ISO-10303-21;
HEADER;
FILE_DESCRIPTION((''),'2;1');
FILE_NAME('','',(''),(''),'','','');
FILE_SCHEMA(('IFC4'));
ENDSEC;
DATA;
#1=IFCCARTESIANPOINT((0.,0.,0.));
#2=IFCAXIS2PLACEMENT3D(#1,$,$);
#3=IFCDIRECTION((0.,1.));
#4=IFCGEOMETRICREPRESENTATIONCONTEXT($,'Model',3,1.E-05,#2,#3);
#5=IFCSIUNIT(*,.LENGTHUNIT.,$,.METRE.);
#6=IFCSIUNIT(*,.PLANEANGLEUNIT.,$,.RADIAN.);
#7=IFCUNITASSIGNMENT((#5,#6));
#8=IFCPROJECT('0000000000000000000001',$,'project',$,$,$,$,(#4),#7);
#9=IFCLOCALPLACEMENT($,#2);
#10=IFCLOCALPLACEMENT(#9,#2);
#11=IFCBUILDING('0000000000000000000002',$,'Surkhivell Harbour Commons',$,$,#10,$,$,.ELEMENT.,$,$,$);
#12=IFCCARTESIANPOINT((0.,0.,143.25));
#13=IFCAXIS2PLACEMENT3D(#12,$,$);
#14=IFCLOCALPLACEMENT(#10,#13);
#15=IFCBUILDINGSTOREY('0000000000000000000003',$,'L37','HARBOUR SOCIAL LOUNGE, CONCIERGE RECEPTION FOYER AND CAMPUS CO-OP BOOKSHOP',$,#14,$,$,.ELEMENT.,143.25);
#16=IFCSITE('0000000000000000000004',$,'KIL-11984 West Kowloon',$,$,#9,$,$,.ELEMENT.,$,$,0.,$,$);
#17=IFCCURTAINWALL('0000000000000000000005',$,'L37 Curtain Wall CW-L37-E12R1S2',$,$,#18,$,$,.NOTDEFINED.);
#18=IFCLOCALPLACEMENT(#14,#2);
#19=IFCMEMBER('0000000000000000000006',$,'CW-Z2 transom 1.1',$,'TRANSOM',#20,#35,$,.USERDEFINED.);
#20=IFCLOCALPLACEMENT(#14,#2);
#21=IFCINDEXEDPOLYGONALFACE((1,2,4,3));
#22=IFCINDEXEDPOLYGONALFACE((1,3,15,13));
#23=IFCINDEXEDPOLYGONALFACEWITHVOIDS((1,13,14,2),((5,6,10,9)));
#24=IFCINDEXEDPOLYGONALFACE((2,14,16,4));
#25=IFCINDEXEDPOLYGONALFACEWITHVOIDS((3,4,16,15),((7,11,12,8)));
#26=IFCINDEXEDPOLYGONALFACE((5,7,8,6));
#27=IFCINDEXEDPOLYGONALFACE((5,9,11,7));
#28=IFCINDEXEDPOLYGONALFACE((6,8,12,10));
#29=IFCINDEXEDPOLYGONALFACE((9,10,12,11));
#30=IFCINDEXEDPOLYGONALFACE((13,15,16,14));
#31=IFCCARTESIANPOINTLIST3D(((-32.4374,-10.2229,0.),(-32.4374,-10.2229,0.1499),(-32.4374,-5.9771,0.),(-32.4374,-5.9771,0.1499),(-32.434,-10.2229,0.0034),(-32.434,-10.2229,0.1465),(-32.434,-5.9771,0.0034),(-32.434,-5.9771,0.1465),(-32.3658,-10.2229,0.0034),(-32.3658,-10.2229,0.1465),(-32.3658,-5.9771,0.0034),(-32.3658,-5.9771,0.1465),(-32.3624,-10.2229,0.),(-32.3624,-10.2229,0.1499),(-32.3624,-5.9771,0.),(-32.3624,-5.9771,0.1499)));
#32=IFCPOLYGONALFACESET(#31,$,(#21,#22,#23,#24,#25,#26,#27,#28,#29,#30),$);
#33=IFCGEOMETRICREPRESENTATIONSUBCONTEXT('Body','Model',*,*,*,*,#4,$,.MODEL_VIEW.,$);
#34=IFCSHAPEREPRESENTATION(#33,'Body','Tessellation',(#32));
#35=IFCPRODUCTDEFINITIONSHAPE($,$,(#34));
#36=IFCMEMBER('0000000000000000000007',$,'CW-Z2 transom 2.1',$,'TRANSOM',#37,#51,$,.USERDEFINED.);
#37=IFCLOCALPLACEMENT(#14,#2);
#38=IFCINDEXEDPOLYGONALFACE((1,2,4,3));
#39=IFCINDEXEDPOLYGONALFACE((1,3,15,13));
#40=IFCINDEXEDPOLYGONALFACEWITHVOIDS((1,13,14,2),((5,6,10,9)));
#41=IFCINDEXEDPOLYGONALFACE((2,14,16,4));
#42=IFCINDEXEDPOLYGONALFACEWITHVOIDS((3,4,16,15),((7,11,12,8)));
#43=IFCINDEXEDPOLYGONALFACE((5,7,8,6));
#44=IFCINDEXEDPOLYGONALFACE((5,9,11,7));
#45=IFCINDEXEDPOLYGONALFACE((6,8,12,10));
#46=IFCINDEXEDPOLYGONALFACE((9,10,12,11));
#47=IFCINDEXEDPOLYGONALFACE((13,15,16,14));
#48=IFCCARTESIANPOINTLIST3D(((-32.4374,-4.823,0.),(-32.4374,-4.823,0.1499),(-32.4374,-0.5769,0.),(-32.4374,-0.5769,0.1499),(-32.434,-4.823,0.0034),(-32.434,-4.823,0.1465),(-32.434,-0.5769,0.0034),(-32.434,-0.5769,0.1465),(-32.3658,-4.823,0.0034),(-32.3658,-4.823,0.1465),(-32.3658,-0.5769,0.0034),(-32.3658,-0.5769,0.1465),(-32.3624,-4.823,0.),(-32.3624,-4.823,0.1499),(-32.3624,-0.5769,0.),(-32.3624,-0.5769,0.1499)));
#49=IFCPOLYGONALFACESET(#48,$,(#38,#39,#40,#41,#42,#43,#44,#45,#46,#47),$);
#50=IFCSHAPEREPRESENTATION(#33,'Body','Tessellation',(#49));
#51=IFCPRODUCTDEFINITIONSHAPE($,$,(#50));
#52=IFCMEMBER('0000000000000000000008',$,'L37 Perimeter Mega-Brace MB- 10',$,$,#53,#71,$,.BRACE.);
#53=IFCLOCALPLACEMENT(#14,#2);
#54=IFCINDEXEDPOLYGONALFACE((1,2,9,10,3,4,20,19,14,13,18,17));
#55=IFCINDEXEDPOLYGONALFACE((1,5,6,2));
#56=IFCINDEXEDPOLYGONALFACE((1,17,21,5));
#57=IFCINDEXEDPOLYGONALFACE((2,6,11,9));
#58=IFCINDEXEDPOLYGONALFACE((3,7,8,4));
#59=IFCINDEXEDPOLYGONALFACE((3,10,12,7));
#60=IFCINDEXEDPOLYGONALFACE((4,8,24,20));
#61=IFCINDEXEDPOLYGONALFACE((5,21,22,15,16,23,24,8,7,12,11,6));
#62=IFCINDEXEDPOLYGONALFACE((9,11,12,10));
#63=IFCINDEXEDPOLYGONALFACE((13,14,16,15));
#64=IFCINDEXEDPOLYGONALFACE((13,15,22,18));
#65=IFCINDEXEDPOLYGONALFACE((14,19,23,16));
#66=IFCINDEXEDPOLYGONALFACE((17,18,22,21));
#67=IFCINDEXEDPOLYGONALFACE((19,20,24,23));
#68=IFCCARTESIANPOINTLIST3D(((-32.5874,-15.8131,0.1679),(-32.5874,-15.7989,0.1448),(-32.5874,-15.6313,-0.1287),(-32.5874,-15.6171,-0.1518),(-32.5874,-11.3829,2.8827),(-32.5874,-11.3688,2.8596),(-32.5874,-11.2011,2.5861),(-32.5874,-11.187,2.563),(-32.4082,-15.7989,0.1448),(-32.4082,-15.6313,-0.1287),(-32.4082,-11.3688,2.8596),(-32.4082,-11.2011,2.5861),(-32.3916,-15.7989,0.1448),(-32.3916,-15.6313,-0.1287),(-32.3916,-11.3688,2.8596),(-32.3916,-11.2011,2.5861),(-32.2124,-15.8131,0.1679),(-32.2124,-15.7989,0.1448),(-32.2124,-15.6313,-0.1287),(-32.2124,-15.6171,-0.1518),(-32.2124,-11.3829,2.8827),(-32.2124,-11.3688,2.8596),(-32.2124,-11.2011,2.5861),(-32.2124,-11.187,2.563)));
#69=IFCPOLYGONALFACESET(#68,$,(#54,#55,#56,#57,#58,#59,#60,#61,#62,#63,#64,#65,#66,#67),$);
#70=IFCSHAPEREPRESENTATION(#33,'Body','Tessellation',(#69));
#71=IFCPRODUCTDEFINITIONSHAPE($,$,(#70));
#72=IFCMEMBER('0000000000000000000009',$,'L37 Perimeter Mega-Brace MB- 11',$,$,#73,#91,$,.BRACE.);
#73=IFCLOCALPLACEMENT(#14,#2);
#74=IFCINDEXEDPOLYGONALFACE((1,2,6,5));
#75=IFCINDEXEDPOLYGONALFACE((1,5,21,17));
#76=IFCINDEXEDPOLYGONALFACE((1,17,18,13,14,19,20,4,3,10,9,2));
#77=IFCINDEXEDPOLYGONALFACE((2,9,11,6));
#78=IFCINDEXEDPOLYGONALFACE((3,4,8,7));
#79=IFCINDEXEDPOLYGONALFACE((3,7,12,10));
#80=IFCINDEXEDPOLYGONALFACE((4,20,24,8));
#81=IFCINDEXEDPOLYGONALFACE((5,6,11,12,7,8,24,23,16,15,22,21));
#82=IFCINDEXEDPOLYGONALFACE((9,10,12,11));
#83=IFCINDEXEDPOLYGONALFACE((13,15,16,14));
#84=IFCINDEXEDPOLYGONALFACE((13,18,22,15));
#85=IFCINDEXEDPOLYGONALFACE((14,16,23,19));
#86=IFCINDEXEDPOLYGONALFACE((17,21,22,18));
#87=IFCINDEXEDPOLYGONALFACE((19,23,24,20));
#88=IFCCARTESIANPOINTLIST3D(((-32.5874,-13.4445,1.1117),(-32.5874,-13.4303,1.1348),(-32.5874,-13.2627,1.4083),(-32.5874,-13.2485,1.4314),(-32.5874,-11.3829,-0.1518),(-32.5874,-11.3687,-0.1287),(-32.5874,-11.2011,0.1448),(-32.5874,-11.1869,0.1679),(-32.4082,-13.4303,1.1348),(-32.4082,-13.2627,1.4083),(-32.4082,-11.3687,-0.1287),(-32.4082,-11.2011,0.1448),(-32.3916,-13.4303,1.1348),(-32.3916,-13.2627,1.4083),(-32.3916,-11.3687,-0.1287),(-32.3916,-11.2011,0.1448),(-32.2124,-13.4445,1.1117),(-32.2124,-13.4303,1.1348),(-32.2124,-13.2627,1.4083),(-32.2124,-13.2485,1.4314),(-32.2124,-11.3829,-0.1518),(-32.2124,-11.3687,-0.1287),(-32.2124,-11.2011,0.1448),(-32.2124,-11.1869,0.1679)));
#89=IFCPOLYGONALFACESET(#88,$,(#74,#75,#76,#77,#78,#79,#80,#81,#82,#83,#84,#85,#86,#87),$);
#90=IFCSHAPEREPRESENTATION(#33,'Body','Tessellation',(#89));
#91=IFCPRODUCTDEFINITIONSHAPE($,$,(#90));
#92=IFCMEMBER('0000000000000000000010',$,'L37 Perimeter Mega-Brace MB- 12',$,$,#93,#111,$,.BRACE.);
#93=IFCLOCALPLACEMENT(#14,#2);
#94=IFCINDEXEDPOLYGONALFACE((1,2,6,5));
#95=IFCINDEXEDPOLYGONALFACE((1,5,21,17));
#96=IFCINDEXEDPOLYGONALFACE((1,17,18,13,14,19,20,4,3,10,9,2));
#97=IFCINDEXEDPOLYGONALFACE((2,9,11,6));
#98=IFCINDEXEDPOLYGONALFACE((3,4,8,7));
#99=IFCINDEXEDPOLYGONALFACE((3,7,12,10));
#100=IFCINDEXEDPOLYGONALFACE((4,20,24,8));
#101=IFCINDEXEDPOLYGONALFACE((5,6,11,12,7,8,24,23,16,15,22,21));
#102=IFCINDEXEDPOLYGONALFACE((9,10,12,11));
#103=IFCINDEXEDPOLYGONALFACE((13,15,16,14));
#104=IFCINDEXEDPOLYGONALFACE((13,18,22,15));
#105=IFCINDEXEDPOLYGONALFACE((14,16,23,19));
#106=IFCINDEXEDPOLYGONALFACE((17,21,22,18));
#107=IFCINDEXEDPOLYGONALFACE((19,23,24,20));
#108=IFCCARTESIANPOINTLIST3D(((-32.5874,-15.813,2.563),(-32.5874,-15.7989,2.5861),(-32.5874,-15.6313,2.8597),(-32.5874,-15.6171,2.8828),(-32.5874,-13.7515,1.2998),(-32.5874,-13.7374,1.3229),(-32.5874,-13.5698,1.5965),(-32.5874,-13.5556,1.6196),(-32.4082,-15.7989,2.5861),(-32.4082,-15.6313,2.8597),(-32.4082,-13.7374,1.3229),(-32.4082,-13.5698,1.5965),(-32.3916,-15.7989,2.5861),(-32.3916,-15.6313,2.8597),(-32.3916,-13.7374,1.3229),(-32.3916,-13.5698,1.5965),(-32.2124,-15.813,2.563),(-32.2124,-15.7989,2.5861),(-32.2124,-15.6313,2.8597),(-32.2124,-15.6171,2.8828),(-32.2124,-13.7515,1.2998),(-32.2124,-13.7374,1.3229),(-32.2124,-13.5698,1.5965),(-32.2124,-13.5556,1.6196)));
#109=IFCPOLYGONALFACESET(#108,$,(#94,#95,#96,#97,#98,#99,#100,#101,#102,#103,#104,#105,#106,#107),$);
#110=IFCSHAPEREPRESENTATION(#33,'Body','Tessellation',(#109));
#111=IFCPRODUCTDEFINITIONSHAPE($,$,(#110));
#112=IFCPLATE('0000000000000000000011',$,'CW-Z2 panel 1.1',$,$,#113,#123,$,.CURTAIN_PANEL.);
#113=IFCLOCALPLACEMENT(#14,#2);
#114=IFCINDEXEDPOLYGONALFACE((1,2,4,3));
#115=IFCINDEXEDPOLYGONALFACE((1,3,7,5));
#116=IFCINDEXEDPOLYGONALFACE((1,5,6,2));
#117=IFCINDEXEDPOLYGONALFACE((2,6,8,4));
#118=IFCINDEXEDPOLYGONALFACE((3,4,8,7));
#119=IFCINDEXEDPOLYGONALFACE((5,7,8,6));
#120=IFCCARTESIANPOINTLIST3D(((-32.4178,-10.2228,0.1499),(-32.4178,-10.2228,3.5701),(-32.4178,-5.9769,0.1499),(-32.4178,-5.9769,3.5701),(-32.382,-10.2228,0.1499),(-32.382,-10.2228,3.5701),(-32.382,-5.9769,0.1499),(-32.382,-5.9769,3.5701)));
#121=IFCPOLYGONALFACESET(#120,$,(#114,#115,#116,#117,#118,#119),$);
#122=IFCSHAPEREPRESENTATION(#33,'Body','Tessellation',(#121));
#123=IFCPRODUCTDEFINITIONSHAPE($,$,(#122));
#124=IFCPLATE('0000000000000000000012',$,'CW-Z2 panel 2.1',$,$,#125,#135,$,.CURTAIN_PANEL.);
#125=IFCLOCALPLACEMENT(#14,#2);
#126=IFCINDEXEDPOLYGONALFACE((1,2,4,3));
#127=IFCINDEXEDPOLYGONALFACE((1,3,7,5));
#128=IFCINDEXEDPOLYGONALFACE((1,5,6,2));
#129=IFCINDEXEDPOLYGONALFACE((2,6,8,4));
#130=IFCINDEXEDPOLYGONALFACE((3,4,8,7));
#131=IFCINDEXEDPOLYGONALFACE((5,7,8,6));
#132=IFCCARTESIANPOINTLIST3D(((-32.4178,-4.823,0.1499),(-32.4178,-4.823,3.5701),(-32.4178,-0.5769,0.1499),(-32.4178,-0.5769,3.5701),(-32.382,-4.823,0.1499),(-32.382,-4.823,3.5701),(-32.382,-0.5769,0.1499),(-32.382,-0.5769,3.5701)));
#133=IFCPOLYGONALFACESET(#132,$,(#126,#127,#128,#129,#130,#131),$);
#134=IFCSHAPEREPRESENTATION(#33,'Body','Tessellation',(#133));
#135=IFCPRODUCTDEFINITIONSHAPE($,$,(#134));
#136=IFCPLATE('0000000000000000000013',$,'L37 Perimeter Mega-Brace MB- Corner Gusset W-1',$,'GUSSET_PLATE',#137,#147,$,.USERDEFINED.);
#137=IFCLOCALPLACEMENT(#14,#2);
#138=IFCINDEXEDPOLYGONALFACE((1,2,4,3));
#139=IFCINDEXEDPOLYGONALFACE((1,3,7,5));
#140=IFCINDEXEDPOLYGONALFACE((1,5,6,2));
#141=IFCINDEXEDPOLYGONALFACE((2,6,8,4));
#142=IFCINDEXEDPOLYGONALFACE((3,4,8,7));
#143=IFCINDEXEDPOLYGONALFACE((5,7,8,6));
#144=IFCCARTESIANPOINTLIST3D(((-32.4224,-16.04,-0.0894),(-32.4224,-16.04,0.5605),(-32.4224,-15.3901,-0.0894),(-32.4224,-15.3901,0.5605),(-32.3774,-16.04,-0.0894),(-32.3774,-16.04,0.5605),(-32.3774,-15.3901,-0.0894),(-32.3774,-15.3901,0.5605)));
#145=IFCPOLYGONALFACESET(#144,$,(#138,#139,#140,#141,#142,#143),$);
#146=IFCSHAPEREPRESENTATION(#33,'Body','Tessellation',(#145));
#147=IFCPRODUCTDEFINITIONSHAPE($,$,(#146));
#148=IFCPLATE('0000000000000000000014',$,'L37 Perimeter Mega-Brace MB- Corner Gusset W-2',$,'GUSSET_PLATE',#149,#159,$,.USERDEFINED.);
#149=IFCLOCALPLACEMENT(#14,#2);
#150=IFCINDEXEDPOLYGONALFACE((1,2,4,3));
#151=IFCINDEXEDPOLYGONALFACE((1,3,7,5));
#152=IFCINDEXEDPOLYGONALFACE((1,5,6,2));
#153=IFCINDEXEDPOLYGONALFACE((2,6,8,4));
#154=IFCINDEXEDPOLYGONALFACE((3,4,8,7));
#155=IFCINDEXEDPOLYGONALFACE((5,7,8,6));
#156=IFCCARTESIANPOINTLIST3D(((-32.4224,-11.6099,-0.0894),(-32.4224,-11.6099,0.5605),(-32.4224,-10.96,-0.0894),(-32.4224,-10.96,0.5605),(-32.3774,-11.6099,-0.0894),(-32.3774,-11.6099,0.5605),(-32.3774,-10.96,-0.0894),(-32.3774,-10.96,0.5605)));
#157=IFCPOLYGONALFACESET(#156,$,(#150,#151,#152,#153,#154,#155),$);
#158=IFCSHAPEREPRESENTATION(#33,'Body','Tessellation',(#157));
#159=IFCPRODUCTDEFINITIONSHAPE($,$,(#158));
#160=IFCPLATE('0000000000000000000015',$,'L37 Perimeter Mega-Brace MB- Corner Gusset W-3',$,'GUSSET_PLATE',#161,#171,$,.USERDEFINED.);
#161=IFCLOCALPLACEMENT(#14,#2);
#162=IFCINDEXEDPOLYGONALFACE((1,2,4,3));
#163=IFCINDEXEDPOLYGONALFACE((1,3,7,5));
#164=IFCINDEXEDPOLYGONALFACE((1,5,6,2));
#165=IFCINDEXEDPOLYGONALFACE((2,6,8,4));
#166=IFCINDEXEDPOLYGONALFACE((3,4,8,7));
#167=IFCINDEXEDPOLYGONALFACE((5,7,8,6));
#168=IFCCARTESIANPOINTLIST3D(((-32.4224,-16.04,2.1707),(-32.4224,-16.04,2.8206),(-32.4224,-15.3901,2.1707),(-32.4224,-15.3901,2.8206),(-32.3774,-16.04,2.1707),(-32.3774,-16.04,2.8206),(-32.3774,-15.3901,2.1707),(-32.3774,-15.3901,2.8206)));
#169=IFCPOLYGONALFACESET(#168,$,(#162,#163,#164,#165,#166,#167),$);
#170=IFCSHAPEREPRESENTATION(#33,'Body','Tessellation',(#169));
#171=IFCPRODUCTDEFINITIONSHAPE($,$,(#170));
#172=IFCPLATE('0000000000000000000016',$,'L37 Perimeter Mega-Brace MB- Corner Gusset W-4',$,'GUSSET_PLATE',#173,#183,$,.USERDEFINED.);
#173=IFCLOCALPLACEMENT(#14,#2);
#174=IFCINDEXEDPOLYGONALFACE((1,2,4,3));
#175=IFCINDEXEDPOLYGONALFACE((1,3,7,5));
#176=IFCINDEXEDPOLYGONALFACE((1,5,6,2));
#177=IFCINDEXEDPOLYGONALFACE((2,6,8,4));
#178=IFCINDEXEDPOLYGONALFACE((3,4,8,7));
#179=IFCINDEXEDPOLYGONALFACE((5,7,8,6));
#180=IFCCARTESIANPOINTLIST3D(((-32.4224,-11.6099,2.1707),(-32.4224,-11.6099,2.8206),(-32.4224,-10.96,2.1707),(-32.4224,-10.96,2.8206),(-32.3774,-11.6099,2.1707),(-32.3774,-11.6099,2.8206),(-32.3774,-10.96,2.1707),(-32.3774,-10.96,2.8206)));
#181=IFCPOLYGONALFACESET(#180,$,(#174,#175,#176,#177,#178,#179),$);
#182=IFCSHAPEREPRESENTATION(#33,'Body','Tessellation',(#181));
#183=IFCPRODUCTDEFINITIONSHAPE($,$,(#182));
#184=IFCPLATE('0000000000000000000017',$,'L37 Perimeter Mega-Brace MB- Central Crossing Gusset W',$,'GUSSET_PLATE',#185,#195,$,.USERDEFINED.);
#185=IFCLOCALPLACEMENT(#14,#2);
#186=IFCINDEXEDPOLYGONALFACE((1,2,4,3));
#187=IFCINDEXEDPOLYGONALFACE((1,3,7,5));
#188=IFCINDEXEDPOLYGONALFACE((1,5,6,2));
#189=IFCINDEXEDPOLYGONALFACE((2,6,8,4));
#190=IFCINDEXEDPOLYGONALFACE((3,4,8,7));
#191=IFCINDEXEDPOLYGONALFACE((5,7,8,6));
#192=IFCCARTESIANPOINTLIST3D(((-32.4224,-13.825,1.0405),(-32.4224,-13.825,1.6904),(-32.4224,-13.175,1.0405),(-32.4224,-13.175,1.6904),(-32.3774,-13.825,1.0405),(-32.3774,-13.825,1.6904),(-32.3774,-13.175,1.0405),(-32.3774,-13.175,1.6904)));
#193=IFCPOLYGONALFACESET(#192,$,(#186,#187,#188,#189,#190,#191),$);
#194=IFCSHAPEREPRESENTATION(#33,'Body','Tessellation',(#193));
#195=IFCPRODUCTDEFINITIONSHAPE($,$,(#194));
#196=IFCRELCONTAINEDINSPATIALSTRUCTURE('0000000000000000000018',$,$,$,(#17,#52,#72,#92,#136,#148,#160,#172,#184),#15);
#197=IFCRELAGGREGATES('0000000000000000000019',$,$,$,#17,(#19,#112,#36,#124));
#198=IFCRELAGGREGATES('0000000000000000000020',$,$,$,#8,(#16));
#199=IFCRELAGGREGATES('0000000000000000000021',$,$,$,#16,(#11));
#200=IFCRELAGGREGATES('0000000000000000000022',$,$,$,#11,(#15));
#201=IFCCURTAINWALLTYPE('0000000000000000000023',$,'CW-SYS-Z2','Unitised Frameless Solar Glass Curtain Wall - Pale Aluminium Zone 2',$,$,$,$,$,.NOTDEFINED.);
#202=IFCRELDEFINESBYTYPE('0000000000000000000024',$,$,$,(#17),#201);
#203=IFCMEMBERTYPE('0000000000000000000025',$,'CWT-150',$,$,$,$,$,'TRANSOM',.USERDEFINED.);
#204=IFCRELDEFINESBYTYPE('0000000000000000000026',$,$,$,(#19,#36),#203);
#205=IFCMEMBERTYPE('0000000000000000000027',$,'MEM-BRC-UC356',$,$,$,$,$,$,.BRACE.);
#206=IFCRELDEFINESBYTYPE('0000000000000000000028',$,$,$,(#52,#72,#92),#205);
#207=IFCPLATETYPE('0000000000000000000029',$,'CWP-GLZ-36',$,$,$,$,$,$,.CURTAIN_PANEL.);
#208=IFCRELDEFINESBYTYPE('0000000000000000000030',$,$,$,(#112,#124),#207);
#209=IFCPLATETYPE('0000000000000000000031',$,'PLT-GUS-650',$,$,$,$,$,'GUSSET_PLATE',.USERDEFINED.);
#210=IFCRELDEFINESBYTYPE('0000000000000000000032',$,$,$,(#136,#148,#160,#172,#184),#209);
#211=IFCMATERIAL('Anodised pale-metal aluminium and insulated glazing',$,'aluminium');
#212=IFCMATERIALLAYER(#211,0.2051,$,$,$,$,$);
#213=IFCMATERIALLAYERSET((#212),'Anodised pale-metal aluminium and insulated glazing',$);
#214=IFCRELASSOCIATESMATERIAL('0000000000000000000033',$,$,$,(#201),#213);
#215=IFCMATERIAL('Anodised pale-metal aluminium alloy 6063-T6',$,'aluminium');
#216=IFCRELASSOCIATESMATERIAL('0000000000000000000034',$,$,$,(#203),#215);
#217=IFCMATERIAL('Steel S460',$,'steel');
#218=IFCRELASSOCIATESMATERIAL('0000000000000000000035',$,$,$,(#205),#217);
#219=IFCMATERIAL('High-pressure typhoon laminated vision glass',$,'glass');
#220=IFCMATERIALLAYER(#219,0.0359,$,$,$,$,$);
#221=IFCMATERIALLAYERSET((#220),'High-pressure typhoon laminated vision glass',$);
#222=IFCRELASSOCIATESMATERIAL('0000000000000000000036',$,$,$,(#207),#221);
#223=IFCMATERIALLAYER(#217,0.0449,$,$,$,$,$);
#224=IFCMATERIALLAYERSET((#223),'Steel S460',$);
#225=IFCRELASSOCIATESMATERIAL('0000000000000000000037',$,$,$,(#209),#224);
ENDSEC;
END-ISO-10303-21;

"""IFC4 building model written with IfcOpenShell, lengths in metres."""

from ifc_helpers import new_model, si_unit, direction, frame, frame_2d, origin, origin_2d, place, context, subcontext, project, spatial, rectangle, hollow_rectangle, i_section, extrude, material, layer, layer_set, material_profile, profile_set, type_object, element, aggregate, save


model = new_model("IFC4")

# Units and contexts
model_context = context("Model", 3, precision=1e-05, world=origin(), true_north=direction((0.0, 1.0)))
body_context = subcontext(model_context, "Body", "Model", "MODEL_VIEW")
ifc_project = project(units=[si_unit("LENGTHUNIT", "METRE"), si_unit("PLANEANGLEUNIT", "RADIAN")], contexts=[model_context])

# Site, building, storey
site_placement = place(None, origin())
site = spatial("IfcSite", under=ifc_project, at=site_placement, Name="KIL-11984 West Kowloon", CompositionType="ELEMENT", RefElevation=0.0)
building_placement = place(site_placement, origin())
building = spatial("IfcBuilding", under=site, at=building_placement, Name="Surkhivell Harbour Commons", CompositionType="ELEMENT")
storey_placement = place(building_placement, frame((0.0, 0.0, 143.25)))
storey = spatial("IfcBuildingStorey", under=building, at=storey_placement, Name="L37", Description="HARBOUR SOCIAL LOUNGE, CONCIERGE RECEPTION FOYER AND CAMPUS CO-OP BOOKSHOP", CompositionType="ELEMENT", Elevation=143.25)

# Shared definitions
ifc_material_1 = material(Name="Steel S460", Category="steel")

# Curtain wall, members
ifc_material_2 = material(Name="Anodised pale-metal aluminium and insulated glazing", Category="aluminium")
ifc_layer_1 = layer(ifc_material_2, 0.2051)
ifc_layer_set_1 = layer_set([ifc_layer_1], Name="Anodised pale-metal aluminium and insulated glazing")
curtain_wall_type = type_object("IfcCurtainWallType", Name="CW-SYS-Z2", Description="Unitised Frameless Solar Glass Curtain Wall - Pale Aluminium Zone 2", PredefinedType="NOTDEFINED", material=ifc_layer_set_1)
curtain_wall_placement = place(storey_placement, origin())
curtain_wall = element("IfcCurtainWall", 1, at=curtain_wall_placement, inside=storey, type_object=curtain_wall_type, Name="L37 Curtain Wall CW-L37-E12R1S2", PredefinedType="NOTDEFINED")
ifc_material_3 = material(Name="Anodised pale-metal aluminium alloy 6063-T6", Category="aluminium")
ifc_material_profile_1 = material_profile(ifc_material_3, hollow_rectangle(XDim=0.075, YDim=0.1499, WallThickness=0.0034, at=origin_2d()), Name="ALU-TRAN-75x150")
ifc_profile_set_1 = profile_set([ifc_material_profile_1], Name="Anodised pale-metal aluminium alloy 6063-T6")
member_type_1 = type_object("IfcMemberType", Name="CWT-150", ElementType="TRANSOM", PredefinedType="USERDEFINED", material=ifc_profile_set_1)
member_1_placement = place(storey_placement, frame((-32.3999, -10.2229, 0.075), z_axis=(0.0, 1.0, 0.0), x_axis=(-1.0, 0.0, 0.0)))
member_1 = element("IfcMember", 2, at=member_1_placement, type_object=member_type_1, Name="CW-Z2 transom 1.1", ObjectType="TRANSOM", PredefinedType="USERDEFINED", context=body_context, shape_type="SweptSolid", body=[
    extrude(hollow_rectangle(XDim=0.075, YDim=0.1499, WallThickness=0.0034, at=origin_2d()), origin(), (0.0, 0.0, 1.0), 4.2458),
])
member_2_placement = place(storey_placement, frame((-32.3999, -4.823, 0.075), z_axis=(0.0, 1.0, 0.0), x_axis=(-1.0, 0.0, 0.0)))
member_2 = element("IfcMember", 3, at=member_2_placement, type_object=member_type_1, Name="CW-Z2 transom 2.1", ObjectType="TRANSOM", PredefinedType="USERDEFINED", context=body_context, shape_type="SweptSolid", body=[
    extrude(hollow_rectangle(XDim=0.075, YDim=0.1499, WallThickness=0.0034, at=origin_2d()), origin(), (0.0, 0.0, 1.0), 4.2461),
])

# Members
ifc_material_profile_2 = material_profile(ifc_material_1, i_section(OverallWidth=0.375, OverallDepth=0.375, WebThickness=0.0166, FlangeThickness=0.0271, at=origin_2d()), Name="UC356x368x202")
ifc_profile_set_2 = profile_set([ifc_material_profile_2], Name="Steel S460")
member_type_2 = type_object("IfcMemberType", Name="MEM-BRC-UC356", PredefinedType="BRACE", material=ifc_profile_set_2)
member_3_placement = place(storey_placement, frame((-32.3999, -15.7151, 0.0081), z_axis=(0.0, 0.852638, 0.522503), x_axis=(-1.0, 0.0, 0.0)))
element("IfcMember", 4, at=member_3_placement, inside=storey, type_object=member_type_2, Name="L37 Perimeter Mega-Brace MB- 10", PredefinedType="BRACE", context=body_context, shape_type="SweptSolid", body=[
    extrude(i_section(OverallWidth=0.375, OverallDepth=0.375, WebThickness=0.0166, FlangeThickness=0.0271, at=origin_2d()), origin(), (0.0, 0.0, 1.0), 5.1958),
])
member_4_placement = place(storey_placement, frame((-32.3999, -11.2849, 0.0081), z_axis=(0.0, -0.852617, 0.522536), x_axis=(1.0, 0.0, 0.0)))
element("IfcMember", 5, at=member_4_placement, inside=storey, type_object=member_type_2, Name="L37 Perimeter Mega-Brace MB- 11", PredefinedType="BRACE", context=body_context, shape_type="SweptSolid", body=[
    extrude(i_section(OverallWidth=0.375, OverallDepth=0.375, WebThickness=0.0166, FlangeThickness=0.0271, at=origin_2d()), origin(), (0.0, 0.0, 1.0), 2.418),
])
member_5_placement = place(storey_placement, frame((-32.3999, -13.6536, 1.4597), z_axis=(0.0, -0.852662, 0.522463), x_axis=(1.0, 0.0, 0.0)))
element("IfcMember", 6, at=member_5_placement, inside=storey, type_object=member_type_2, Name="L37 Perimeter Mega-Brace MB- 12", PredefinedType="BRACE", context=body_context, shape_type="SweptSolid", body=[
    extrude(i_section(OverallWidth=0.375, OverallDepth=0.375, WebThickness=0.0166, FlangeThickness=0.0271, at=origin_2d()), origin(), (0.0, 0.0, 1.0), 2.4177),
])

# Plates
ifc_material_4 = material(Name="High-pressure typhoon laminated vision glass", Category="glass")
ifc_layer_2 = layer(ifc_material_4, 0.0359)
ifc_layer_set_2 = layer_set([ifc_layer_2], Name="High-pressure typhoon laminated vision glass")
plate_type_1 = type_object("IfcPlateType", Name="CWP-GLZ-36", PredefinedType="CURTAIN_PANEL", material=ifc_layer_set_2)
plate_1_placement = place(storey_placement, frame((-32.3999, -10.2229, 0.1499), z_axis=(0.0, 0.0, 1.0), x_axis=(0.0, 1.0, 0.0)))
plate_1 = element("IfcPlate", 7, at=plate_1_placement, type_object=plate_type_1, Name="CW-Z2 panel 1.1", PredefinedType="CURTAIN_PANEL", context=body_context, shape_type="SweptSolid", body=[
    extrude(rectangle(XDim=4.2458, YDim=0.0359, at=frame_2d((2.123, 0.0))), origin(), (0.0, 0.0, 1.0), 3.4202),
])
plate_2_placement = place(storey_placement, frame((-32.3999, -4.823, 0.1499), z_axis=(0.0, 0.0, 1.0), x_axis=(0.0, 1.0, 0.0)))
plate_2 = element("IfcPlate", 8, at=plate_2_placement, type_object=plate_type_1, Name="CW-Z2 panel 2.1", PredefinedType="CURTAIN_PANEL", context=body_context, shape_type="SweptSolid", body=[
    extrude(rectangle(XDim=4.2461, YDim=0.0359, at=frame_2d((2.123, 0.0))), origin(), (0.0, 0.0, 1.0), 3.4202),
])
aggregate(curtain_wall, [member_1, plate_1, member_2, plate_2])

# Plates
ifc_layer_3 = layer(ifc_material_1, 0.0449)
ifc_layer_set_3 = layer_set([ifc_layer_3], Name="Steel S460")
plate_type_2 = type_object("IfcPlateType", Name="PLT-GUS-650", ElementType="GUSSET_PLATE", PredefinedType="USERDEFINED", material=ifc_layer_set_3)
for number, where, z_axis, x_axis, name in (
    (9, (-32.3999, -15.7151, -0.0894), (0.0, 0.0, 1.0), (0.0, 1.0, 0.0), "L37 Perimeter Mega-Brace MB- Corner Gusset W-1"),
    (10, (-32.3999, -11.2849, -0.0894), (0.0, 0.0, 1.0), (0.0, 1.0, 0.0), "L37 Perimeter Mega-Brace MB- Corner Gusset W-2"),
    (11, (-32.3999, -15.7151, 2.1707), (0.0, 0.0, 1.0), (0.0, 1.0, 0.0), "L37 Perimeter Mega-Brace MB- Corner Gusset W-3"),
    (12, (-32.3999, -11.2849, 2.1707), (0.0, 0.0, 1.0), (0.0, 1.0, 0.0), "L37 Perimeter Mega-Brace MB- Corner Gusset W-4"),
    (13, (-32.3999, -13.5, 1.0405), (0.0, 0.0, 1.0), (0.0, 1.0, 0.0), "L37 Perimeter Mega-Brace MB- Central Crossing Gusset W"),
):
    element("IfcPlate", number, at=place(storey_placement, frame(where, z_axis=z_axis, x_axis=x_axis)), inside=storey, type_object=plate_type_2, Name=name, ObjectType="GUSSET_PLATE", PredefinedType="USERDEFINED", context=body_context, shape_type="SweptSolid", body=[
        extrude(rectangle(XDim=0.6499, YDim=0.0449, at=origin_2d()), origin(), (0.0, 0.0, 1.0), 0.6499),
    ])

save(model, "model.ifc")
